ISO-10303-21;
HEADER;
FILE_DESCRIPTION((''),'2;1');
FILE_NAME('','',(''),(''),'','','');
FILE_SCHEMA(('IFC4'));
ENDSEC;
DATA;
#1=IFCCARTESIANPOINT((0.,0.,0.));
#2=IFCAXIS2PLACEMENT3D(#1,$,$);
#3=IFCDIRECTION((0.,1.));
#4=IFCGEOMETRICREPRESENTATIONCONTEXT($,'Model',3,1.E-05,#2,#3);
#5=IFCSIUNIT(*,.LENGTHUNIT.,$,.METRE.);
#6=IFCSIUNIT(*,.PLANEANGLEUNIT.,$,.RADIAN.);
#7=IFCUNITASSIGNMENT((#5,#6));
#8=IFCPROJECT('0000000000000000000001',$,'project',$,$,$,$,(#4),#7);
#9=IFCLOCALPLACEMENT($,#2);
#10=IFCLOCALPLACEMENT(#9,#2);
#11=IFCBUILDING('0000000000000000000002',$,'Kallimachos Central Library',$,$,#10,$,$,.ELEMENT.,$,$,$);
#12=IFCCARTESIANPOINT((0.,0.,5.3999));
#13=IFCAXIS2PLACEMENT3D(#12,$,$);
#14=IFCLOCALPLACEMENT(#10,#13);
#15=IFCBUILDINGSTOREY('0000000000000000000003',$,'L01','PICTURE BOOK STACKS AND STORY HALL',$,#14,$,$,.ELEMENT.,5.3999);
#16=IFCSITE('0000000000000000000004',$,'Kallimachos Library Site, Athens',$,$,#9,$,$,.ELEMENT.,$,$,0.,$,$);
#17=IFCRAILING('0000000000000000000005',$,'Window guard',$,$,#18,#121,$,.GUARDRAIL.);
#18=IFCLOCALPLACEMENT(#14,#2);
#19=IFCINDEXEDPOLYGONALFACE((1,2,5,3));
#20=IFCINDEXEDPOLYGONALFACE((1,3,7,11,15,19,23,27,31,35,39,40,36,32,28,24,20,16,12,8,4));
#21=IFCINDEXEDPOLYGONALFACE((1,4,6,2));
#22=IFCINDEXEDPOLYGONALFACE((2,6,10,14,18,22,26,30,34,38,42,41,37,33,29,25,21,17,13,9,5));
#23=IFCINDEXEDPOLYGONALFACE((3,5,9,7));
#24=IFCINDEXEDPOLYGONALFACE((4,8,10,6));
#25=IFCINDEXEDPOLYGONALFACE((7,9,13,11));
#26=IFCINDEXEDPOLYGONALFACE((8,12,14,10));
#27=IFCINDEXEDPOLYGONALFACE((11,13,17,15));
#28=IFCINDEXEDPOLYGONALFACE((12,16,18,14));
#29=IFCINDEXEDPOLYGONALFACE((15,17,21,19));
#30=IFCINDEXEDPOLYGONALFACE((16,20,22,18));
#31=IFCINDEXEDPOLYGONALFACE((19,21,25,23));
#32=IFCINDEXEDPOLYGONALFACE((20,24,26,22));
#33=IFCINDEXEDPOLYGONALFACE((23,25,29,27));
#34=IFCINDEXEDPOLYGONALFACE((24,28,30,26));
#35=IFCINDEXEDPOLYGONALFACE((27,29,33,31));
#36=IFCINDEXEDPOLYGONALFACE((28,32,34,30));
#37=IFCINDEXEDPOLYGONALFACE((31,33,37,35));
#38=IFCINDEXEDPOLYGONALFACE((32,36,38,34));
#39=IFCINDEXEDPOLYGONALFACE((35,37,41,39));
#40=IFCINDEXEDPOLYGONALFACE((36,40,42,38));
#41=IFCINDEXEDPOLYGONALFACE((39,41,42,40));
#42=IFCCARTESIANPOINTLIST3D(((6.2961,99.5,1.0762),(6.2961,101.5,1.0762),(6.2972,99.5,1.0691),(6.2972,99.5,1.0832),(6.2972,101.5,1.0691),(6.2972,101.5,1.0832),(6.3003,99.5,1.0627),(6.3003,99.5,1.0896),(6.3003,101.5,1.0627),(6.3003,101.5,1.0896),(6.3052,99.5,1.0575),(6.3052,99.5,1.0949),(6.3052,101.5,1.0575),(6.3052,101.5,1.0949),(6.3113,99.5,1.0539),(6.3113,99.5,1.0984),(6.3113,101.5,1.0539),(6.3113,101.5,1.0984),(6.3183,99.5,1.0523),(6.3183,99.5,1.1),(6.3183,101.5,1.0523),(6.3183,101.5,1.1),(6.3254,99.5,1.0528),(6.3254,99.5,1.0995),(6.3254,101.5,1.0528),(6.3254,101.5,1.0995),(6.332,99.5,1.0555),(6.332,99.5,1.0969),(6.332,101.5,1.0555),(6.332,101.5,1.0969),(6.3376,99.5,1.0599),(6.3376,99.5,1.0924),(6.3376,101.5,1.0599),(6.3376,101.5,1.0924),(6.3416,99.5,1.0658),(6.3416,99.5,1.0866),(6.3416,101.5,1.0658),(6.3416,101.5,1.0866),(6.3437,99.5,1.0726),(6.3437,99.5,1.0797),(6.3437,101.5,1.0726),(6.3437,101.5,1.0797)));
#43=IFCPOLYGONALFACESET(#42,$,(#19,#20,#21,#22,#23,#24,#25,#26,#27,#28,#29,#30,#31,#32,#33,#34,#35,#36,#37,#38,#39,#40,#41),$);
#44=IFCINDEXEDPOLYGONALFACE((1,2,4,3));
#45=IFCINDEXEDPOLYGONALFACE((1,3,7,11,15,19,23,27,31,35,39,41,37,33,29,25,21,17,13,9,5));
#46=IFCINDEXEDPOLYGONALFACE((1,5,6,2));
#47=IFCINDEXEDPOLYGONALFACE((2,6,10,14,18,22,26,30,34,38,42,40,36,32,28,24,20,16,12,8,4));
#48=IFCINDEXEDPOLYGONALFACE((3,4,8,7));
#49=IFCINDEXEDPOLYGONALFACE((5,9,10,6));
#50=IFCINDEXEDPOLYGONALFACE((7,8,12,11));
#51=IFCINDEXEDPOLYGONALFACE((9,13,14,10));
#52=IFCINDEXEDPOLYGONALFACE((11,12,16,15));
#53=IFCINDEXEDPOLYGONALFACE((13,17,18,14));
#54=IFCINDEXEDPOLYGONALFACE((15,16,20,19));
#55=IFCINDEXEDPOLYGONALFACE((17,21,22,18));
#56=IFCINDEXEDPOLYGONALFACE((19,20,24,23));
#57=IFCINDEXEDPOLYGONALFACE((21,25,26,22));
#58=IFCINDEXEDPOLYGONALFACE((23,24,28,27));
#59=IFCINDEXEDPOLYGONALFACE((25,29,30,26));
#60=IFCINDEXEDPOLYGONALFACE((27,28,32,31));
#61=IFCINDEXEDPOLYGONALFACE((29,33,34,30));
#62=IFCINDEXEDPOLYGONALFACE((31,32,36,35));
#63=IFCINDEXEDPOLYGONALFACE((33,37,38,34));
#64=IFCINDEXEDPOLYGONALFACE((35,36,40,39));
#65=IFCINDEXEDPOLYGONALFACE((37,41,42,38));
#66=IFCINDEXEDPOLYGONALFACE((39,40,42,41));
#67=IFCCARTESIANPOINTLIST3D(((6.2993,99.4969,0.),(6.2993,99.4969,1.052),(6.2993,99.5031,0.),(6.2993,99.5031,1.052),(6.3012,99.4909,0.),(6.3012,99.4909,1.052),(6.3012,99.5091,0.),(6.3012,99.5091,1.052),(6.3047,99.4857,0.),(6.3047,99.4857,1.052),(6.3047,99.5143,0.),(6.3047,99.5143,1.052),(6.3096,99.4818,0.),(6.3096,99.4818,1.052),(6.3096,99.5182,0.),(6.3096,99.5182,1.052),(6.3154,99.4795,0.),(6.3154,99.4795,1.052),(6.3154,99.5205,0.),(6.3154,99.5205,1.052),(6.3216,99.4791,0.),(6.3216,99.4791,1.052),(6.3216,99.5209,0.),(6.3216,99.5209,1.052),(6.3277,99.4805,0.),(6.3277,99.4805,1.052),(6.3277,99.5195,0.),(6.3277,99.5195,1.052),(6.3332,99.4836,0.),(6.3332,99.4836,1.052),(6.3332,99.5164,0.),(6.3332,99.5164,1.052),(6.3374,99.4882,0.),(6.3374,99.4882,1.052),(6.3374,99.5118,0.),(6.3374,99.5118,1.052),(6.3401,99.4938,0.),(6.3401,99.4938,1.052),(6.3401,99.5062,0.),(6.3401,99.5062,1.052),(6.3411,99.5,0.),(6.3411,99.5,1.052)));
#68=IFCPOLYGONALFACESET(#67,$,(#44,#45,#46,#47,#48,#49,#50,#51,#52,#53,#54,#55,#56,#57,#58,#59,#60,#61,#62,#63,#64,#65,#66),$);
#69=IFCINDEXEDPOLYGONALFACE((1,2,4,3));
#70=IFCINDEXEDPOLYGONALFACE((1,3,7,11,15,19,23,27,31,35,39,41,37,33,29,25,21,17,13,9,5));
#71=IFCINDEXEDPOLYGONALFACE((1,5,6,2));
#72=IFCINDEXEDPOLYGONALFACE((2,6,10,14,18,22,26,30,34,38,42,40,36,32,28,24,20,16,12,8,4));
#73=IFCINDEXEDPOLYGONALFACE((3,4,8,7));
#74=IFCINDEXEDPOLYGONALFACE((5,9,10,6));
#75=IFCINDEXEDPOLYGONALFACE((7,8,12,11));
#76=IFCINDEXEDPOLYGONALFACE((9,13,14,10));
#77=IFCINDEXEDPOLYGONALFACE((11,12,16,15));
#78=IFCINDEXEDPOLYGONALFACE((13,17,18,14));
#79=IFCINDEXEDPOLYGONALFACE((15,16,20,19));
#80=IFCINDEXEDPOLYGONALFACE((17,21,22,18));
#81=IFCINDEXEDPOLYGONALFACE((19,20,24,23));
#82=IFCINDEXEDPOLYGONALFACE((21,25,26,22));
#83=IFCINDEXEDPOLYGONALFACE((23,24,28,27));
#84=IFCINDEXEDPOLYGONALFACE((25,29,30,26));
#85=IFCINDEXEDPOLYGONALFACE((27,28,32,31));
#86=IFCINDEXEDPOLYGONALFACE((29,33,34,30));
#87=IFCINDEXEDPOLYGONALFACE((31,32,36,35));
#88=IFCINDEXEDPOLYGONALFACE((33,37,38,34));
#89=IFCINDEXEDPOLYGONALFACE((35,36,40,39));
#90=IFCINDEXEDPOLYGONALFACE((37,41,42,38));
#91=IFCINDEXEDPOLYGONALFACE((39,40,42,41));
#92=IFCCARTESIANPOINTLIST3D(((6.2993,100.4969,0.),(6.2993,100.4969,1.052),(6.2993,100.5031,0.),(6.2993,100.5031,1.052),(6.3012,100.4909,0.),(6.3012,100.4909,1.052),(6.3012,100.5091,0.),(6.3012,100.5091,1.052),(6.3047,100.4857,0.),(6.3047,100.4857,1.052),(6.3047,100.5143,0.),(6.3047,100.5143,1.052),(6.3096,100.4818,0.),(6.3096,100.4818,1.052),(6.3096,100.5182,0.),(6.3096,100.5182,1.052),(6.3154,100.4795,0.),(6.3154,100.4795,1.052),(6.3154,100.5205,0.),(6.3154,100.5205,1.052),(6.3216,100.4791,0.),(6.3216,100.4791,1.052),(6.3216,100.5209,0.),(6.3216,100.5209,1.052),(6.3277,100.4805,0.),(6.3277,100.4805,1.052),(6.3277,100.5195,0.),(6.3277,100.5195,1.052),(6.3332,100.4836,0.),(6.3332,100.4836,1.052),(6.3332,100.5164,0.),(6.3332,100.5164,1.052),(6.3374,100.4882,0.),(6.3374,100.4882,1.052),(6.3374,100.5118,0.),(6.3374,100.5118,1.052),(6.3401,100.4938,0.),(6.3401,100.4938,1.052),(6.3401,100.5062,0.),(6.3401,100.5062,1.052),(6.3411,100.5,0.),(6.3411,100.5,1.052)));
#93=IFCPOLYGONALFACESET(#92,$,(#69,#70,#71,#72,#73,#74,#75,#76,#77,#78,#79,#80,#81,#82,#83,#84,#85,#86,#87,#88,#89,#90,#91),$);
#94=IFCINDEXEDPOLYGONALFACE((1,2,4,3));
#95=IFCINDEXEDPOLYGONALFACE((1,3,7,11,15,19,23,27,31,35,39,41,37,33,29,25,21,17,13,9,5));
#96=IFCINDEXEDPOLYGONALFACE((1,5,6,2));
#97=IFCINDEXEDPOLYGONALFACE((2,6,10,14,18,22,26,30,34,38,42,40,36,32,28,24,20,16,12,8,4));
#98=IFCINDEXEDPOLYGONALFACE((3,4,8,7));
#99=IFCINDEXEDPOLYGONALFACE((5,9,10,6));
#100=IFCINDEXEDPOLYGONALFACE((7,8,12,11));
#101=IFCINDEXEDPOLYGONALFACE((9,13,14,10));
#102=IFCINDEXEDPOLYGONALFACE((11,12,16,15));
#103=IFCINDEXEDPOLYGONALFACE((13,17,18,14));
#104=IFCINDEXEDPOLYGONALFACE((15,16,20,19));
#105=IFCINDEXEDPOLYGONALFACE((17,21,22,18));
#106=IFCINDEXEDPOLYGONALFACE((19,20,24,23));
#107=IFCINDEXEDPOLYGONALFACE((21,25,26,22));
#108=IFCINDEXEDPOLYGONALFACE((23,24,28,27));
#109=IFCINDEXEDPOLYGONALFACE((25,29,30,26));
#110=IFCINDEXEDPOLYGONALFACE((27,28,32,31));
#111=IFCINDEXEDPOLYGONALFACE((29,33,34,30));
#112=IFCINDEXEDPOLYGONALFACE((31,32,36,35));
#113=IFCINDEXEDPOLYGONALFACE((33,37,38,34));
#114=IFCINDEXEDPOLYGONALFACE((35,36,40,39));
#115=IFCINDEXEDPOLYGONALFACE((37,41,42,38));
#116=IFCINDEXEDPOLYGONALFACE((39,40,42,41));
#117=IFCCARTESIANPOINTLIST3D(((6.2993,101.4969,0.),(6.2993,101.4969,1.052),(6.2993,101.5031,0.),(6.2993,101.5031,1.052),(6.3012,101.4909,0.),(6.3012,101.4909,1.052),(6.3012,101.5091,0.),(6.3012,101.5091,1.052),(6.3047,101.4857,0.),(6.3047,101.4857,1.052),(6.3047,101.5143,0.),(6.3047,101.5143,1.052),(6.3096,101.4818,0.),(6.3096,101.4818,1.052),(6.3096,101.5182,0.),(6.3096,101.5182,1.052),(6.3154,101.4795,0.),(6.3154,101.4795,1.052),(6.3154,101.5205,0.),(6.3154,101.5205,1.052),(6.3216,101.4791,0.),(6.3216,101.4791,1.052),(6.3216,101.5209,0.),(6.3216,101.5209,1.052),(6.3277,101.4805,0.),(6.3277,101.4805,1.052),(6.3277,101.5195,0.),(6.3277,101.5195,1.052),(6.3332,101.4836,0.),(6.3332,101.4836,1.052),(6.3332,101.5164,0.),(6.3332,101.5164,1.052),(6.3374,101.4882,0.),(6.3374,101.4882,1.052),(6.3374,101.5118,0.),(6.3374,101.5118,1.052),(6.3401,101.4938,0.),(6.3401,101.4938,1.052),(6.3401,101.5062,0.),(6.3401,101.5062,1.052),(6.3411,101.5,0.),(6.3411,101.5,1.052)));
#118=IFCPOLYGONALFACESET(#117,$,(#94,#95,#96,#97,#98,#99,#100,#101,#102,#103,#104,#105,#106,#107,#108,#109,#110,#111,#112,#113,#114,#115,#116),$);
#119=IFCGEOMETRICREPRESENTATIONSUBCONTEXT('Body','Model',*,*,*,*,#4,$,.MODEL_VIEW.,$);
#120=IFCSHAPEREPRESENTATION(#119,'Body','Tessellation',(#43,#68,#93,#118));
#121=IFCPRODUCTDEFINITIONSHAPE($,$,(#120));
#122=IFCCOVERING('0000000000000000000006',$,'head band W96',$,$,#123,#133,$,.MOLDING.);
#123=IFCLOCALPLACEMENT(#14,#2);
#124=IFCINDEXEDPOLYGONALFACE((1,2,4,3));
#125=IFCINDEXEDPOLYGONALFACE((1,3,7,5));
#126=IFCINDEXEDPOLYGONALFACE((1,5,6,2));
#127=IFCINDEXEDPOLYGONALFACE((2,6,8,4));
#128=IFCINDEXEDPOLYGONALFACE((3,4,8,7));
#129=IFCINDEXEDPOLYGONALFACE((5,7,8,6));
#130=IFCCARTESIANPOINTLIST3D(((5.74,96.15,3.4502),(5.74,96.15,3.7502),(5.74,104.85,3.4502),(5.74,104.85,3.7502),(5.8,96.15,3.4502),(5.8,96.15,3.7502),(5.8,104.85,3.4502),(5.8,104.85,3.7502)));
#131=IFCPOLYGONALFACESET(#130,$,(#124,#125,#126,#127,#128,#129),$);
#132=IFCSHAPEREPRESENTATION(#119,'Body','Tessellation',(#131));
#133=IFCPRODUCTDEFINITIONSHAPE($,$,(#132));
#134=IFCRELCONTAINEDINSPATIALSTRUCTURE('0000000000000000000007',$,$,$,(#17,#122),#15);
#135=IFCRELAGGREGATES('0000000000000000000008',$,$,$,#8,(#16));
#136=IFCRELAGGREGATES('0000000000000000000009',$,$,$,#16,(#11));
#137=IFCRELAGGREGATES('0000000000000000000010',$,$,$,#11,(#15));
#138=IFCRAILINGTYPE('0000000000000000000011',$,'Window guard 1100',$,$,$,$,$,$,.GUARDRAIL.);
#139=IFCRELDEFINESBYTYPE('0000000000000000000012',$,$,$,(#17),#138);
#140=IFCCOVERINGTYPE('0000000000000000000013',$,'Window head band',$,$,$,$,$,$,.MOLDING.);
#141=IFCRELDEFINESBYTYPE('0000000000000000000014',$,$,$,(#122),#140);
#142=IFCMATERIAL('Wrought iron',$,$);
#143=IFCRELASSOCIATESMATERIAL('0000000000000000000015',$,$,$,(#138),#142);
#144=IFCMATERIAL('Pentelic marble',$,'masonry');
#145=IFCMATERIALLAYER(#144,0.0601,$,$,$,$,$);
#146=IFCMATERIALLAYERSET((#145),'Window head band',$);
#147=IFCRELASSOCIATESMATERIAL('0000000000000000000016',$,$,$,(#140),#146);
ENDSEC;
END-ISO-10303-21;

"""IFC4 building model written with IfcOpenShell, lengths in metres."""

from ifc_helpers import new_model, si_unit, direction, frame, origin, origin_2d, place, context, subcontext, project, spatial, rectangle, circle, extrude, material, layer, layer_set, type_object, element, save


model = new_model("IFC4")

# Units and contexts
model_context = context("Model", 3, precision=1e-05, world=origin(), true_north=direction((0.0, 1.0)))
body_context = subcontext(model_context, "Body", "Model", "MODEL_VIEW")
ifc_project = project(units=[si_unit("LENGTHUNIT", "METRE"), si_unit("PLANEANGLEUNIT", "RADIAN")], contexts=[model_context])

# Site, building, storey
site_placement = place(None, origin())
site = spatial("IfcSite", under=ifc_project, at=site_placement, Name="Kallimachos Library Site, Athens", CompositionType="ELEMENT", RefElevation=0.0)
building_placement = place(site_placement, origin())
building = spatial("IfcBuilding", under=site, at=building_placement, Name="Kallimachos Central Library", CompositionType="ELEMENT")
storey_placement = place(building_placement, frame((0.0, 0.0, 5.3999)))
storey = spatial("IfcBuildingStorey", under=building, at=storey_placement, Name="L01", Description="PICTURE BOOK STACKS AND STORY HALL", CompositionType="ELEMENT", Elevation=5.3999)

# Railing
ifc_material_1 = material(Name="Wrought iron")
railing_type = type_object("IfcRailingType", Name="Window guard 1100", PredefinedType="GUARDRAIL", material=ifc_material_1)
railing_placement = place(storey_placement, frame((6.3201, 99.5, 0.0)))
element("IfcRailing", 1, at=railing_placement, inside=storey, type_object=railing_type, Name="Window guard", PredefinedType="GUARDRAIL", context=body_context, shape_type="SweptSolid", body=[
    extrude(circle(Radius=0.0239, at=origin_2d()), frame((0.0, 0.0, 1.0762), z_axis=(0.0, 1.0, 0.0), x_axis=(-1.0, 0.0, 0.0)), (0.0, 0.0, 1.0), 2.0),
    extrude(circle(Radius=0.021, at=origin_2d()), origin(), (0.0, 0.0, 1.0), 1.052),
    extrude(circle(Radius=0.021, at=origin_2d()), frame((0.0, 1.0, 0.0)), (0.0, 0.0, 1.0), 1.052),
    extrude(circle(Radius=0.021, at=origin_2d()), frame((0.0, 2.0, 0.0)), (0.0, 0.0, 1.0), 1.052),
])

# Covering
ifc_material_2 = material(Name="Pentelic marble", Category="masonry")
ifc_layer_1 = layer(ifc_material_2, 0.0601)
ifc_layer_set_1 = layer_set([ifc_layer_1], Name="Window head band")
covering_type = type_object("IfcCoveringType", Name="Window head band", PredefinedType="MOLDING", material=ifc_layer_set_1)
covering_placement = place(storey_placement, frame((5.77, 100.5, 3.4502), z_axis=(0.0, 0.0, 1.0), x_axis=(1.0, 0.0, 0.0)))
element("IfcCovering", 2, at=covering_placement, inside=storey, type_object=covering_type, Name="head band W96", PredefinedType="MOLDING", context=body_context, shape_type="SweptSolid", body=[
    extrude(rectangle(XDim=0.0601, YDim=8.7, at=origin_2d()), origin(), (0.0, 0.0, 1.0), 0.3),
])

save(model, "model.ifc")
